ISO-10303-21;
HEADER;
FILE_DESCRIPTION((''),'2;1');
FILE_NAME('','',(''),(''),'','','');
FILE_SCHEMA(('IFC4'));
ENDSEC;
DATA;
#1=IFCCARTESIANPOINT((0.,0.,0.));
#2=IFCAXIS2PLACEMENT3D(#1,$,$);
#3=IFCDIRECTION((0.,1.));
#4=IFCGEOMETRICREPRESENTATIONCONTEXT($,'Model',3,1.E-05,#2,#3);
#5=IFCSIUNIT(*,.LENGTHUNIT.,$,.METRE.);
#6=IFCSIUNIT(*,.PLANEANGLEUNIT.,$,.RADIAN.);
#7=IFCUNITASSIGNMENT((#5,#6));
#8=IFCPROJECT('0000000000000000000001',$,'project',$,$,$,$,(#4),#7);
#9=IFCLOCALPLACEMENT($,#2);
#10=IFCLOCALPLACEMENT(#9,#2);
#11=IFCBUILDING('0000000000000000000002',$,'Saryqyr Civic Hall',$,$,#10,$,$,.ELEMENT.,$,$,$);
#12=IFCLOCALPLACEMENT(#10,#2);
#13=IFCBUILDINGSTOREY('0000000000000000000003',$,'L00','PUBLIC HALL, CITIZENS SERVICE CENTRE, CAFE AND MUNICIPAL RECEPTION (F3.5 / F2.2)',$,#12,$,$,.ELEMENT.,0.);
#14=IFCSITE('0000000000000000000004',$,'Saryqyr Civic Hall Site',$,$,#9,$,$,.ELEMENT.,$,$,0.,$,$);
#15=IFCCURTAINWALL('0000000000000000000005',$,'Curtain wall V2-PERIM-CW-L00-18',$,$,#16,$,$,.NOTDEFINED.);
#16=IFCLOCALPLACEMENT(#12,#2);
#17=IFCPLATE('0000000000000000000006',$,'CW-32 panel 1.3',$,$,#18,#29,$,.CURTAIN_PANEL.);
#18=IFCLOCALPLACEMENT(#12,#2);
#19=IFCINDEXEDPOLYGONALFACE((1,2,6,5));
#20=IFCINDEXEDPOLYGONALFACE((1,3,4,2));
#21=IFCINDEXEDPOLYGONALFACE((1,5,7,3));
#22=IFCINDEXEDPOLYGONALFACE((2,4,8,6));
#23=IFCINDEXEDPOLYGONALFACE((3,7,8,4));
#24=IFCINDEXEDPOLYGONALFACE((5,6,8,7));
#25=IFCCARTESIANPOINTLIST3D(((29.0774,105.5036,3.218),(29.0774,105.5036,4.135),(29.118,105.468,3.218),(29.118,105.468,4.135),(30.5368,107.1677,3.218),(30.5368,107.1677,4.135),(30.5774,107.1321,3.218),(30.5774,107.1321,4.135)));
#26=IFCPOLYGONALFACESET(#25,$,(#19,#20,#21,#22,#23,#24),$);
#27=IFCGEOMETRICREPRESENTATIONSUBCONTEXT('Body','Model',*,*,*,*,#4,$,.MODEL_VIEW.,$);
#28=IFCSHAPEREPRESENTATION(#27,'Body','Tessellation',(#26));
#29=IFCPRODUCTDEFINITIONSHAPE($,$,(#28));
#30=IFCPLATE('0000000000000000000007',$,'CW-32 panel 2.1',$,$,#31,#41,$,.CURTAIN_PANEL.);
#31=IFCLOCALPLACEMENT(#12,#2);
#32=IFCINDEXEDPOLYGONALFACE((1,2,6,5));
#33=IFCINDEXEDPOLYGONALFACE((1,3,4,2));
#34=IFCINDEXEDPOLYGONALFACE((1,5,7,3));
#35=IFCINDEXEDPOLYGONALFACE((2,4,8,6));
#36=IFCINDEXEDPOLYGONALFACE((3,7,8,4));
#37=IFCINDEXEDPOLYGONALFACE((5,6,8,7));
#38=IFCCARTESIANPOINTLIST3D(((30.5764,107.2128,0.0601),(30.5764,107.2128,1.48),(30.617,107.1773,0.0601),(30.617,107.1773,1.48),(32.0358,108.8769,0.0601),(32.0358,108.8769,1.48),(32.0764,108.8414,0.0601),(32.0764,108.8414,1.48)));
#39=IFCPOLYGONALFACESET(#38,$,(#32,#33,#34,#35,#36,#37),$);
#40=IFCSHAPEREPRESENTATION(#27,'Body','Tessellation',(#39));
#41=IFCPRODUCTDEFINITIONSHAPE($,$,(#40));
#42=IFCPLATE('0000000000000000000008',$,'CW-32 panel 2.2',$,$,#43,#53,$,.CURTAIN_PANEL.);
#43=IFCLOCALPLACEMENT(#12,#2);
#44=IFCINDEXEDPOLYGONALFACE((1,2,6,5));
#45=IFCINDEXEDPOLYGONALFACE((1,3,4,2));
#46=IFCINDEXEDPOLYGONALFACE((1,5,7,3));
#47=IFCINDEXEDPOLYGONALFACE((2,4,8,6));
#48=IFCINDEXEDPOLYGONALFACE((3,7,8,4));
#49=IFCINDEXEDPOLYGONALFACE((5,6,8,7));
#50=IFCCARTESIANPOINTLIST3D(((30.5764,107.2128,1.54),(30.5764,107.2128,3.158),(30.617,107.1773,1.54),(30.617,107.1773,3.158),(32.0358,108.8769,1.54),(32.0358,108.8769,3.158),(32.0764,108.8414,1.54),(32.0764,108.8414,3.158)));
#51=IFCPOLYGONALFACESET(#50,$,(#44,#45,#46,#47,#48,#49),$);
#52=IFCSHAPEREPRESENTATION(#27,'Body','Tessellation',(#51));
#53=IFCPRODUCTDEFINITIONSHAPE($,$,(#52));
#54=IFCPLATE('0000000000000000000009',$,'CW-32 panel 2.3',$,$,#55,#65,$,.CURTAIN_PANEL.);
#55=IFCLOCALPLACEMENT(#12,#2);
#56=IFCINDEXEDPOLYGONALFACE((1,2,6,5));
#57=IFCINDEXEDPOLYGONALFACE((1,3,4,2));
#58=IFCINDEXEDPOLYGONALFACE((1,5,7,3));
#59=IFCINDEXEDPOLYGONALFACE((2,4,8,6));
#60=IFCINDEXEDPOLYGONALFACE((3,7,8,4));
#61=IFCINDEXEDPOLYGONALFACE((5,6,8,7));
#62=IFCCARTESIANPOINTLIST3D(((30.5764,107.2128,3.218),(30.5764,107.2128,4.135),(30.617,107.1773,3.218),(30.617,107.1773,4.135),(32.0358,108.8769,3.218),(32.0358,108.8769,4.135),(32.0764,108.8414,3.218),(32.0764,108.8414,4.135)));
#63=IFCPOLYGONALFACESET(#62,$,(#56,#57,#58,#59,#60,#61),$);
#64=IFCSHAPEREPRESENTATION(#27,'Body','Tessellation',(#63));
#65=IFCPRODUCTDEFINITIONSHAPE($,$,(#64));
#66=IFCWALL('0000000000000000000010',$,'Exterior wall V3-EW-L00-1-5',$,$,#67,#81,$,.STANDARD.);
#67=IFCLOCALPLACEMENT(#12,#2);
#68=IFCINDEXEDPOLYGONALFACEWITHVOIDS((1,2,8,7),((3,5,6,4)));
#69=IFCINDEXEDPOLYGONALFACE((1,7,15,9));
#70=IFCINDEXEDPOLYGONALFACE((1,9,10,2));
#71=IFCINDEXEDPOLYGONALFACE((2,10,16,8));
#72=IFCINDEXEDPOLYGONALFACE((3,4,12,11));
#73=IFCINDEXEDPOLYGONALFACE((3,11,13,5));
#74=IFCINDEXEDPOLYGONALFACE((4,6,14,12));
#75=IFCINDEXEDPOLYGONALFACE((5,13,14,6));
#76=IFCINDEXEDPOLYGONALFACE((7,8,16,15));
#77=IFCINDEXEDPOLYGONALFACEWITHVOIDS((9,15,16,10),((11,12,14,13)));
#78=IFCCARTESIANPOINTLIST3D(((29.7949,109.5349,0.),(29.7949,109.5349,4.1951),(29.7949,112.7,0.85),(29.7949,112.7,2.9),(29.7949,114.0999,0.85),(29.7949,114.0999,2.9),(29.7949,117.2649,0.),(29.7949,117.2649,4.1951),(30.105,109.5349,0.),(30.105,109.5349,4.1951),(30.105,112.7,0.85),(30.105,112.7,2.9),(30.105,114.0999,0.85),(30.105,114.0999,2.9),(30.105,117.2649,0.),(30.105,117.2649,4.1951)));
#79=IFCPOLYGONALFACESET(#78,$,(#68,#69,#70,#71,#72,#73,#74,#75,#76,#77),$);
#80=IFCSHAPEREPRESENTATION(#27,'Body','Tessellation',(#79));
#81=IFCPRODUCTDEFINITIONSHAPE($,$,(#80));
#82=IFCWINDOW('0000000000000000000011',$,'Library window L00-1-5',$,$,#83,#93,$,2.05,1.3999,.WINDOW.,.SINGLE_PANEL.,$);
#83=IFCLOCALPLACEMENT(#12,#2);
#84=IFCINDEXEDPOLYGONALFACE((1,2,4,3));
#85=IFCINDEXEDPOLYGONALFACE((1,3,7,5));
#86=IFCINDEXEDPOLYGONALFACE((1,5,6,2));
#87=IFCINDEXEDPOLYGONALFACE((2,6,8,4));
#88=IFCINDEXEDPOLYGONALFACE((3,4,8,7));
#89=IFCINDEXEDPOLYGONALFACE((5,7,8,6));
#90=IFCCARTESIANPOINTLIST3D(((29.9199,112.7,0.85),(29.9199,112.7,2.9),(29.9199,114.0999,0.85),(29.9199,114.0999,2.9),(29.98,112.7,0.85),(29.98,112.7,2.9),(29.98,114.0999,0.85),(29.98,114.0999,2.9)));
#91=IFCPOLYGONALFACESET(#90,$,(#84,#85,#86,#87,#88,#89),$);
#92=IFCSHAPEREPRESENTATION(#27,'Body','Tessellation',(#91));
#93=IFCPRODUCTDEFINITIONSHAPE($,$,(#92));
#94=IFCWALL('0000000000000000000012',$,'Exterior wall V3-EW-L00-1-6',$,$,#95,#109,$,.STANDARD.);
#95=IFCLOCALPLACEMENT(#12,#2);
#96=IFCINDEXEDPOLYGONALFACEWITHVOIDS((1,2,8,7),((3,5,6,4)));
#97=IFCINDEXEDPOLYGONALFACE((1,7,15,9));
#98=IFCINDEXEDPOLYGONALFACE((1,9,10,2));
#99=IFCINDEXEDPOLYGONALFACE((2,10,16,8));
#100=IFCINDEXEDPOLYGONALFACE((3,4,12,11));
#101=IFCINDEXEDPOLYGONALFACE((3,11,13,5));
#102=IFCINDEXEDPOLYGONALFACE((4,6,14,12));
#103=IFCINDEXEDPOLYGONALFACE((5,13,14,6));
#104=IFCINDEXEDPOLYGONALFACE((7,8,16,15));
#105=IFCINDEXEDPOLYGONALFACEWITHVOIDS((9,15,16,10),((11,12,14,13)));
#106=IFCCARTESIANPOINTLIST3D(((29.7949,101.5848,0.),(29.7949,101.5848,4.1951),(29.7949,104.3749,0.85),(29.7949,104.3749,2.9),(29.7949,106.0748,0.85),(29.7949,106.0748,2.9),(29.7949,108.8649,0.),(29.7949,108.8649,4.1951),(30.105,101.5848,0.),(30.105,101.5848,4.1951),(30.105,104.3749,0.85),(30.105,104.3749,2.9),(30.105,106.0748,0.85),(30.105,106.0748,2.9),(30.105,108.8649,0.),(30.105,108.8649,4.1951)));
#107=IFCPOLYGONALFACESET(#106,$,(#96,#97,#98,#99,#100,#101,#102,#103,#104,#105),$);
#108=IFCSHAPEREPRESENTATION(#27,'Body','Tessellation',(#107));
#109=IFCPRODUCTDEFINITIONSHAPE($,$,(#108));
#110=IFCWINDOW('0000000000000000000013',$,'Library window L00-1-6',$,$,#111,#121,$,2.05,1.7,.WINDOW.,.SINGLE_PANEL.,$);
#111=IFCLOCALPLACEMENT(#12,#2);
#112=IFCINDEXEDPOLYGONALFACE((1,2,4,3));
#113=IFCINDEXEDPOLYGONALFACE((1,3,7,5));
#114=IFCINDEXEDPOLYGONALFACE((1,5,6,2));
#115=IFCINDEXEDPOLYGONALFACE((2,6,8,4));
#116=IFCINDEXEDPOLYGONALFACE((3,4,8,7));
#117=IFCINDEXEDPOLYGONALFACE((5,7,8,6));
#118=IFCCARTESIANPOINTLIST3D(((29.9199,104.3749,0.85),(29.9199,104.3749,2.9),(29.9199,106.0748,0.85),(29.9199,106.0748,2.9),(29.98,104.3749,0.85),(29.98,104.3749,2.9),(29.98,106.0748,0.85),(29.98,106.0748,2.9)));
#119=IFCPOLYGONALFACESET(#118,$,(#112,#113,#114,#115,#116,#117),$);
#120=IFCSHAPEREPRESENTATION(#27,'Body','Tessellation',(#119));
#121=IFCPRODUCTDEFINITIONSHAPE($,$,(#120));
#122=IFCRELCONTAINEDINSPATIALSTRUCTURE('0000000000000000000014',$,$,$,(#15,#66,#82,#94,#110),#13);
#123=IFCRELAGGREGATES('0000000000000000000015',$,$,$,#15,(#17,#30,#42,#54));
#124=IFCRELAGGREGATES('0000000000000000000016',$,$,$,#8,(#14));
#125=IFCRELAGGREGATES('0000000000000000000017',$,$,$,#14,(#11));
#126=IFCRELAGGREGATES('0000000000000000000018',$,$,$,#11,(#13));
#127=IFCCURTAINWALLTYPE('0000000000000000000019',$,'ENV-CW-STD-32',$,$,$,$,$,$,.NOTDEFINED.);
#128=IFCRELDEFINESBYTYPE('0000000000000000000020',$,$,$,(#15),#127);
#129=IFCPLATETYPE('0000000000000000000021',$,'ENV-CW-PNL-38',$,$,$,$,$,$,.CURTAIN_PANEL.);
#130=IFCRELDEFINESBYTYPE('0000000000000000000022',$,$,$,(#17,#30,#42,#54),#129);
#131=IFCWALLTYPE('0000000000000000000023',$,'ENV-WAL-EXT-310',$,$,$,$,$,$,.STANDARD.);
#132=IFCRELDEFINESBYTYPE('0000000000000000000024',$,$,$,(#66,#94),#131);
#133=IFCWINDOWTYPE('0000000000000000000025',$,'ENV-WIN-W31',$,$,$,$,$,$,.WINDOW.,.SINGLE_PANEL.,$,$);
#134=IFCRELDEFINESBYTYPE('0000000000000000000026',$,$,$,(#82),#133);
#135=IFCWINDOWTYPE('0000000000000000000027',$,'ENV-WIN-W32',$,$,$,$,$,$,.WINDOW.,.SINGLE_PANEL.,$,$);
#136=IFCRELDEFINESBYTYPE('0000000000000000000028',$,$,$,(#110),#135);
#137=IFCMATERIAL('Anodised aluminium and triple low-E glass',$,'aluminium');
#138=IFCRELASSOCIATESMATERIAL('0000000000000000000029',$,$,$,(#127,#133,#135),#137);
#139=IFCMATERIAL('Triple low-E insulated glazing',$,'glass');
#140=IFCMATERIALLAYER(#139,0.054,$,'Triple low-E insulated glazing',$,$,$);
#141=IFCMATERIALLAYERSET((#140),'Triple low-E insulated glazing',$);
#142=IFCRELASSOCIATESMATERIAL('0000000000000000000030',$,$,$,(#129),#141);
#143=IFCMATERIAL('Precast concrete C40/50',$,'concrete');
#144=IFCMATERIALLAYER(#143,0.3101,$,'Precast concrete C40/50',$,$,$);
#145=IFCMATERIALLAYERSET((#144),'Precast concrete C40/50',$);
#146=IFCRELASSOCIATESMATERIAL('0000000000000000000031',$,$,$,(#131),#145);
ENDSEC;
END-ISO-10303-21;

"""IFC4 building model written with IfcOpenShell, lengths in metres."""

from ifc_helpers import new_model, si_unit, direction, frame, frame_2d, origin, origin_2d, place, context, subcontext, project, spatial, rectangle, extrude, material, layer, layer_set, type_object, element, fill, aggregate, save


model = new_model("IFC4")

# Units and contexts
model_context = context("Model", 3, precision=1e-05, world=origin(), true_north=direction((0.0, 1.0)))
body_context = subcontext(model_context, "Body", "Model", "MODEL_VIEW")
ifc_project = project(units=[si_unit("LENGTHUNIT", "METRE"), si_unit("PLANEANGLEUNIT", "RADIAN")], contexts=[model_context])

# Site, building, storey
site_placement = place(None, origin())
site = spatial("IfcSite", under=ifc_project, at=site_placement, Name="Saryqyr Civic Hall Site", CompositionType="ELEMENT", RefElevation=0.0)
building_placement = place(site_placement, origin())
building = spatial("IfcBuilding", under=site, at=building_placement, Name="Saryqyr Civic Hall", CompositionType="ELEMENT")
storey_placement = place(building_placement, origin())
storey = spatial("IfcBuildingStorey", under=building, at=storey_placement, Name="L00", Description="PUBLIC HALL, CITIZENS SERVICE CENTRE, CAFE AND MUNICIPAL RECEPTION (F3.5 / F2.2)", CompositionType="ELEMENT", Elevation=0.0)

# Curtain wall
ifc_material_1 = material(Name="Anodised aluminium and triple low-E glass", Category="aluminium")
curtain_wall_type = type_object("IfcCurtainWallType", Name="ENV-CW-STD-32", PredefinedType="NOTDEFINED", material=ifc_material_1)
curtain_wall_placement = place(storey_placement, origin())
curtain_wall = element("IfcCurtainWall", 1, at=curtain_wall_placement, inside=storey, type_object=curtain_wall_type, Name="Curtain wall V2-PERIM-CW-L00-18", PredefinedType="NOTDEFINED")

# Plates
ifc_material_2 = material(Name="Triple low-E insulated glazing", Category="glass")
ifc_layer_1 = layer(ifc_material_2, 0.054, Name="Triple low-E insulated glazing")
ifc_layer_set_1 = layer_set([ifc_layer_1], Name="Triple low-E insulated glazing")
plate_type = type_object("IfcPlateType", Name="ENV-CW-PNL-38", PredefinedType="CURTAIN_PANEL", material=ifc_layer_set_1)
plate_1_placement = place(storey_placement, frame((29.8274, 106.3179, 3.218), z_axis=(0.0, 0.0, 1.0), x_axis=(0.659348, 0.751838, 0.0)))
plate_1 = element("IfcPlate", 2, at=plate_1_placement, type_object=plate_type, Name="CW-32 panel 1.3", PredefinedType="CURTAIN_PANEL", context=body_context, shape_type="SweptSolid", body=[
    extrude(rectangle(XDim=2.2134, YDim=0.054, at=origin_2d()), origin(), (0.0, 0.0, 1.0), 0.917),
])
plate_2_placement = place(storey_placement, frame((31.3264, 108.0271, 0.0601), z_axis=(0.0, 0.0, 1.0), x_axis=(0.659348, 0.751838, 0.0)))
plate_2 = element("IfcPlate", 3, at=plate_2_placement, type_object=plate_type, Name="CW-32 panel 2.1", PredefinedType="CURTAIN_PANEL", context=body_context, shape_type="SweptSolid", body=[
    extrude(rectangle(XDim=2.2134, YDim=0.054, at=origin_2d()), origin(), (0.0, 0.0, 1.0), 1.4199),
])
plate_3_placement = place(storey_placement, frame((31.3264, 108.0271, 1.54), z_axis=(0.0, 0.0, 1.0), x_axis=(0.659348, 0.751838, 0.0)))
plate_3 = element("IfcPlate", 4, at=plate_3_placement, type_object=plate_type, Name="CW-32 panel 2.2", PredefinedType="CURTAIN_PANEL", context=body_context, shape_type="SweptSolid", body=[
    extrude(rectangle(XDim=2.2134, YDim=0.054, at=origin_2d()), origin(), (0.0, 0.0, 1.0), 1.6179),
])
plate_4_placement = place(storey_placement, frame((31.3264, 108.0271, 3.218), z_axis=(0.0, 0.0, 1.0), x_axis=(0.659348, 0.751838, 0.0)))
plate_4 = element("IfcPlate", 5, at=plate_4_placement, type_object=plate_type, Name="CW-32 panel 2.3", PredefinedType="CURTAIN_PANEL", context=body_context, shape_type="SweptSolid", body=[
    extrude(rectangle(XDim=2.2134, YDim=0.054, at=origin_2d()), origin(), (0.0, 0.0, 1.0), 0.917),
])
aggregate(curtain_wall, [plate_1, plate_2, plate_3, plate_4])

# Walls, openings, windows
ifc_material_3 = material(Name="Precast concrete C40/50", Category="concrete")
ifc_layer_2 = layer(ifc_material_3, 0.3101, Name="Precast concrete C40/50")
ifc_layer_set_2 = layer_set([ifc_layer_2], Name="Precast concrete C40/50")
wall_type = type_object("IfcWallType", Name="ENV-WAL-EXT-310", PredefinedType="STANDARD", material=ifc_layer_set_2)
wall_1_placement = place(storey_placement, frame((29.95, 117.2649, 0.0), z_axis=(0.0, 0.0, 1.0), x_axis=(0.0, -1.0, 0.0)))
wall_1 = element("IfcWall", 6, at=wall_1_placement, inside=storey, type_object=wall_type, Name="Exterior wall V3-EW-L00-1-5", PredefinedType="STANDARD", context=body_context, shape_type="SweptSolid", body=[
    extrude(rectangle(XDim=7.73, YDim=0.3101, at=frame_2d((3.865, 0.0))), origin(), (0.0, 0.0, 1.0), 4.1951),
])
opening_1_placement = place(wall_1_placement, frame((3.165, 0.0, 0.8501)))
opening_1 = element("IfcOpeningElement", 7, at=opening_1_placement, cuts=wall_1, PredefinedType="OPENING", context=body_context, shape_type="SweptSolid", body=[
    extrude(rectangle(XDim=1.3999, YDim=2.05, at=frame_2d((0.7, 1.0249))), frame((0.0, 0.165, 0.0), z_axis=(0.0, -1.0, 0.0), x_axis=(1.0, 0.0, 0.0)), (0.0, 0.0, 1.0), 0.3301),
])
window_type_1 = type_object("IfcWindowType", Name="ENV-WIN-W31", PartitioningType="SINGLE_PANEL", PredefinedType="WINDOW", material=ifc_material_1)
window_1_placement = place(opening_1_placement, origin())
window_1 = element("IfcWindow", 8, at=window_1_placement, inside=storey, type_object=window_type_1, Name="Library window L00-1-5", OverallHeight=2.05, OverallWidth=1.3999, PartitioningType="SINGLE_PANEL", PredefinedType="WINDOW", context=body_context, shape_type="SweptSolid", body=[
    extrude(rectangle(XDim=1.3999, YDim=2.05, at=frame_2d((0.7, 1.0249))), frame((0.0, 0.03, 0.0), z_axis=(0.0, -1.0, 0.0), x_axis=(1.0, 0.0, 0.0)), (0.0, 0.0, 1.0), 0.0601),
])
fill(opening_1, window_1)
wall_2_placement = place(storey_placement, frame((29.95, 108.865, 0.0), z_axis=(0.0, 0.0, 1.0), x_axis=(0.0, -1.0, 0.0)))
wall_2 = element("IfcWall", 9, at=wall_2_placement, inside=storey, type_object=wall_type, Name="Exterior wall V3-EW-L00-1-6", PredefinedType="STANDARD", context=body_context, shape_type="SweptSolid", body=[
    extrude(rectangle(XDim=7.28, YDim=0.3101, at=frame_2d((3.6401, 0.0))), origin(), (0.0, 0.0, 1.0), 4.1951),
])
opening_2_placement = place(wall_2_placement, frame((2.79, 0.0, 0.8501)))
opening_2 = element("IfcOpeningElement", 10, at=opening_2_placement, cuts=wall_2, PredefinedType="OPENING", context=body_context, shape_type="SweptSolid", body=[
    extrude(rectangle(XDim=1.7, YDim=2.05, at=frame_2d((0.8501, 1.0249))), frame((0.0, 0.165, 0.0), z_axis=(0.0, -1.0, 0.0), x_axis=(1.0, 0.0, 0.0)), (0.0, 0.0, 1.0), 0.3301),
])
window_type_2 = type_object("IfcWindowType", Name="ENV-WIN-W32", PartitioningType="SINGLE_PANEL", PredefinedType="WINDOW", material=ifc_material_1)
window_2_placement = place(opening_2_placement, origin())
window_2 = element("IfcWindow", 11, at=window_2_placement, inside=storey, type_object=window_type_2, Name="Library window L00-1-6", OverallHeight=2.05, OverallWidth=1.7, PartitioningType="SINGLE_PANEL", PredefinedType="WINDOW", context=body_context, shape_type="SweptSolid", body=[
    extrude(rectangle(XDim=1.7, YDim=2.05, at=frame_2d((0.8501, 1.0249))), frame((0.0, 0.03, 0.0), z_axis=(0.0, -1.0, 0.0), x_axis=(1.0, 0.0, 0.0)), (0.0, 0.0, 1.0), 0.0601),
])
fill(opening_2, window_2)

save(model, "model.ifc")
